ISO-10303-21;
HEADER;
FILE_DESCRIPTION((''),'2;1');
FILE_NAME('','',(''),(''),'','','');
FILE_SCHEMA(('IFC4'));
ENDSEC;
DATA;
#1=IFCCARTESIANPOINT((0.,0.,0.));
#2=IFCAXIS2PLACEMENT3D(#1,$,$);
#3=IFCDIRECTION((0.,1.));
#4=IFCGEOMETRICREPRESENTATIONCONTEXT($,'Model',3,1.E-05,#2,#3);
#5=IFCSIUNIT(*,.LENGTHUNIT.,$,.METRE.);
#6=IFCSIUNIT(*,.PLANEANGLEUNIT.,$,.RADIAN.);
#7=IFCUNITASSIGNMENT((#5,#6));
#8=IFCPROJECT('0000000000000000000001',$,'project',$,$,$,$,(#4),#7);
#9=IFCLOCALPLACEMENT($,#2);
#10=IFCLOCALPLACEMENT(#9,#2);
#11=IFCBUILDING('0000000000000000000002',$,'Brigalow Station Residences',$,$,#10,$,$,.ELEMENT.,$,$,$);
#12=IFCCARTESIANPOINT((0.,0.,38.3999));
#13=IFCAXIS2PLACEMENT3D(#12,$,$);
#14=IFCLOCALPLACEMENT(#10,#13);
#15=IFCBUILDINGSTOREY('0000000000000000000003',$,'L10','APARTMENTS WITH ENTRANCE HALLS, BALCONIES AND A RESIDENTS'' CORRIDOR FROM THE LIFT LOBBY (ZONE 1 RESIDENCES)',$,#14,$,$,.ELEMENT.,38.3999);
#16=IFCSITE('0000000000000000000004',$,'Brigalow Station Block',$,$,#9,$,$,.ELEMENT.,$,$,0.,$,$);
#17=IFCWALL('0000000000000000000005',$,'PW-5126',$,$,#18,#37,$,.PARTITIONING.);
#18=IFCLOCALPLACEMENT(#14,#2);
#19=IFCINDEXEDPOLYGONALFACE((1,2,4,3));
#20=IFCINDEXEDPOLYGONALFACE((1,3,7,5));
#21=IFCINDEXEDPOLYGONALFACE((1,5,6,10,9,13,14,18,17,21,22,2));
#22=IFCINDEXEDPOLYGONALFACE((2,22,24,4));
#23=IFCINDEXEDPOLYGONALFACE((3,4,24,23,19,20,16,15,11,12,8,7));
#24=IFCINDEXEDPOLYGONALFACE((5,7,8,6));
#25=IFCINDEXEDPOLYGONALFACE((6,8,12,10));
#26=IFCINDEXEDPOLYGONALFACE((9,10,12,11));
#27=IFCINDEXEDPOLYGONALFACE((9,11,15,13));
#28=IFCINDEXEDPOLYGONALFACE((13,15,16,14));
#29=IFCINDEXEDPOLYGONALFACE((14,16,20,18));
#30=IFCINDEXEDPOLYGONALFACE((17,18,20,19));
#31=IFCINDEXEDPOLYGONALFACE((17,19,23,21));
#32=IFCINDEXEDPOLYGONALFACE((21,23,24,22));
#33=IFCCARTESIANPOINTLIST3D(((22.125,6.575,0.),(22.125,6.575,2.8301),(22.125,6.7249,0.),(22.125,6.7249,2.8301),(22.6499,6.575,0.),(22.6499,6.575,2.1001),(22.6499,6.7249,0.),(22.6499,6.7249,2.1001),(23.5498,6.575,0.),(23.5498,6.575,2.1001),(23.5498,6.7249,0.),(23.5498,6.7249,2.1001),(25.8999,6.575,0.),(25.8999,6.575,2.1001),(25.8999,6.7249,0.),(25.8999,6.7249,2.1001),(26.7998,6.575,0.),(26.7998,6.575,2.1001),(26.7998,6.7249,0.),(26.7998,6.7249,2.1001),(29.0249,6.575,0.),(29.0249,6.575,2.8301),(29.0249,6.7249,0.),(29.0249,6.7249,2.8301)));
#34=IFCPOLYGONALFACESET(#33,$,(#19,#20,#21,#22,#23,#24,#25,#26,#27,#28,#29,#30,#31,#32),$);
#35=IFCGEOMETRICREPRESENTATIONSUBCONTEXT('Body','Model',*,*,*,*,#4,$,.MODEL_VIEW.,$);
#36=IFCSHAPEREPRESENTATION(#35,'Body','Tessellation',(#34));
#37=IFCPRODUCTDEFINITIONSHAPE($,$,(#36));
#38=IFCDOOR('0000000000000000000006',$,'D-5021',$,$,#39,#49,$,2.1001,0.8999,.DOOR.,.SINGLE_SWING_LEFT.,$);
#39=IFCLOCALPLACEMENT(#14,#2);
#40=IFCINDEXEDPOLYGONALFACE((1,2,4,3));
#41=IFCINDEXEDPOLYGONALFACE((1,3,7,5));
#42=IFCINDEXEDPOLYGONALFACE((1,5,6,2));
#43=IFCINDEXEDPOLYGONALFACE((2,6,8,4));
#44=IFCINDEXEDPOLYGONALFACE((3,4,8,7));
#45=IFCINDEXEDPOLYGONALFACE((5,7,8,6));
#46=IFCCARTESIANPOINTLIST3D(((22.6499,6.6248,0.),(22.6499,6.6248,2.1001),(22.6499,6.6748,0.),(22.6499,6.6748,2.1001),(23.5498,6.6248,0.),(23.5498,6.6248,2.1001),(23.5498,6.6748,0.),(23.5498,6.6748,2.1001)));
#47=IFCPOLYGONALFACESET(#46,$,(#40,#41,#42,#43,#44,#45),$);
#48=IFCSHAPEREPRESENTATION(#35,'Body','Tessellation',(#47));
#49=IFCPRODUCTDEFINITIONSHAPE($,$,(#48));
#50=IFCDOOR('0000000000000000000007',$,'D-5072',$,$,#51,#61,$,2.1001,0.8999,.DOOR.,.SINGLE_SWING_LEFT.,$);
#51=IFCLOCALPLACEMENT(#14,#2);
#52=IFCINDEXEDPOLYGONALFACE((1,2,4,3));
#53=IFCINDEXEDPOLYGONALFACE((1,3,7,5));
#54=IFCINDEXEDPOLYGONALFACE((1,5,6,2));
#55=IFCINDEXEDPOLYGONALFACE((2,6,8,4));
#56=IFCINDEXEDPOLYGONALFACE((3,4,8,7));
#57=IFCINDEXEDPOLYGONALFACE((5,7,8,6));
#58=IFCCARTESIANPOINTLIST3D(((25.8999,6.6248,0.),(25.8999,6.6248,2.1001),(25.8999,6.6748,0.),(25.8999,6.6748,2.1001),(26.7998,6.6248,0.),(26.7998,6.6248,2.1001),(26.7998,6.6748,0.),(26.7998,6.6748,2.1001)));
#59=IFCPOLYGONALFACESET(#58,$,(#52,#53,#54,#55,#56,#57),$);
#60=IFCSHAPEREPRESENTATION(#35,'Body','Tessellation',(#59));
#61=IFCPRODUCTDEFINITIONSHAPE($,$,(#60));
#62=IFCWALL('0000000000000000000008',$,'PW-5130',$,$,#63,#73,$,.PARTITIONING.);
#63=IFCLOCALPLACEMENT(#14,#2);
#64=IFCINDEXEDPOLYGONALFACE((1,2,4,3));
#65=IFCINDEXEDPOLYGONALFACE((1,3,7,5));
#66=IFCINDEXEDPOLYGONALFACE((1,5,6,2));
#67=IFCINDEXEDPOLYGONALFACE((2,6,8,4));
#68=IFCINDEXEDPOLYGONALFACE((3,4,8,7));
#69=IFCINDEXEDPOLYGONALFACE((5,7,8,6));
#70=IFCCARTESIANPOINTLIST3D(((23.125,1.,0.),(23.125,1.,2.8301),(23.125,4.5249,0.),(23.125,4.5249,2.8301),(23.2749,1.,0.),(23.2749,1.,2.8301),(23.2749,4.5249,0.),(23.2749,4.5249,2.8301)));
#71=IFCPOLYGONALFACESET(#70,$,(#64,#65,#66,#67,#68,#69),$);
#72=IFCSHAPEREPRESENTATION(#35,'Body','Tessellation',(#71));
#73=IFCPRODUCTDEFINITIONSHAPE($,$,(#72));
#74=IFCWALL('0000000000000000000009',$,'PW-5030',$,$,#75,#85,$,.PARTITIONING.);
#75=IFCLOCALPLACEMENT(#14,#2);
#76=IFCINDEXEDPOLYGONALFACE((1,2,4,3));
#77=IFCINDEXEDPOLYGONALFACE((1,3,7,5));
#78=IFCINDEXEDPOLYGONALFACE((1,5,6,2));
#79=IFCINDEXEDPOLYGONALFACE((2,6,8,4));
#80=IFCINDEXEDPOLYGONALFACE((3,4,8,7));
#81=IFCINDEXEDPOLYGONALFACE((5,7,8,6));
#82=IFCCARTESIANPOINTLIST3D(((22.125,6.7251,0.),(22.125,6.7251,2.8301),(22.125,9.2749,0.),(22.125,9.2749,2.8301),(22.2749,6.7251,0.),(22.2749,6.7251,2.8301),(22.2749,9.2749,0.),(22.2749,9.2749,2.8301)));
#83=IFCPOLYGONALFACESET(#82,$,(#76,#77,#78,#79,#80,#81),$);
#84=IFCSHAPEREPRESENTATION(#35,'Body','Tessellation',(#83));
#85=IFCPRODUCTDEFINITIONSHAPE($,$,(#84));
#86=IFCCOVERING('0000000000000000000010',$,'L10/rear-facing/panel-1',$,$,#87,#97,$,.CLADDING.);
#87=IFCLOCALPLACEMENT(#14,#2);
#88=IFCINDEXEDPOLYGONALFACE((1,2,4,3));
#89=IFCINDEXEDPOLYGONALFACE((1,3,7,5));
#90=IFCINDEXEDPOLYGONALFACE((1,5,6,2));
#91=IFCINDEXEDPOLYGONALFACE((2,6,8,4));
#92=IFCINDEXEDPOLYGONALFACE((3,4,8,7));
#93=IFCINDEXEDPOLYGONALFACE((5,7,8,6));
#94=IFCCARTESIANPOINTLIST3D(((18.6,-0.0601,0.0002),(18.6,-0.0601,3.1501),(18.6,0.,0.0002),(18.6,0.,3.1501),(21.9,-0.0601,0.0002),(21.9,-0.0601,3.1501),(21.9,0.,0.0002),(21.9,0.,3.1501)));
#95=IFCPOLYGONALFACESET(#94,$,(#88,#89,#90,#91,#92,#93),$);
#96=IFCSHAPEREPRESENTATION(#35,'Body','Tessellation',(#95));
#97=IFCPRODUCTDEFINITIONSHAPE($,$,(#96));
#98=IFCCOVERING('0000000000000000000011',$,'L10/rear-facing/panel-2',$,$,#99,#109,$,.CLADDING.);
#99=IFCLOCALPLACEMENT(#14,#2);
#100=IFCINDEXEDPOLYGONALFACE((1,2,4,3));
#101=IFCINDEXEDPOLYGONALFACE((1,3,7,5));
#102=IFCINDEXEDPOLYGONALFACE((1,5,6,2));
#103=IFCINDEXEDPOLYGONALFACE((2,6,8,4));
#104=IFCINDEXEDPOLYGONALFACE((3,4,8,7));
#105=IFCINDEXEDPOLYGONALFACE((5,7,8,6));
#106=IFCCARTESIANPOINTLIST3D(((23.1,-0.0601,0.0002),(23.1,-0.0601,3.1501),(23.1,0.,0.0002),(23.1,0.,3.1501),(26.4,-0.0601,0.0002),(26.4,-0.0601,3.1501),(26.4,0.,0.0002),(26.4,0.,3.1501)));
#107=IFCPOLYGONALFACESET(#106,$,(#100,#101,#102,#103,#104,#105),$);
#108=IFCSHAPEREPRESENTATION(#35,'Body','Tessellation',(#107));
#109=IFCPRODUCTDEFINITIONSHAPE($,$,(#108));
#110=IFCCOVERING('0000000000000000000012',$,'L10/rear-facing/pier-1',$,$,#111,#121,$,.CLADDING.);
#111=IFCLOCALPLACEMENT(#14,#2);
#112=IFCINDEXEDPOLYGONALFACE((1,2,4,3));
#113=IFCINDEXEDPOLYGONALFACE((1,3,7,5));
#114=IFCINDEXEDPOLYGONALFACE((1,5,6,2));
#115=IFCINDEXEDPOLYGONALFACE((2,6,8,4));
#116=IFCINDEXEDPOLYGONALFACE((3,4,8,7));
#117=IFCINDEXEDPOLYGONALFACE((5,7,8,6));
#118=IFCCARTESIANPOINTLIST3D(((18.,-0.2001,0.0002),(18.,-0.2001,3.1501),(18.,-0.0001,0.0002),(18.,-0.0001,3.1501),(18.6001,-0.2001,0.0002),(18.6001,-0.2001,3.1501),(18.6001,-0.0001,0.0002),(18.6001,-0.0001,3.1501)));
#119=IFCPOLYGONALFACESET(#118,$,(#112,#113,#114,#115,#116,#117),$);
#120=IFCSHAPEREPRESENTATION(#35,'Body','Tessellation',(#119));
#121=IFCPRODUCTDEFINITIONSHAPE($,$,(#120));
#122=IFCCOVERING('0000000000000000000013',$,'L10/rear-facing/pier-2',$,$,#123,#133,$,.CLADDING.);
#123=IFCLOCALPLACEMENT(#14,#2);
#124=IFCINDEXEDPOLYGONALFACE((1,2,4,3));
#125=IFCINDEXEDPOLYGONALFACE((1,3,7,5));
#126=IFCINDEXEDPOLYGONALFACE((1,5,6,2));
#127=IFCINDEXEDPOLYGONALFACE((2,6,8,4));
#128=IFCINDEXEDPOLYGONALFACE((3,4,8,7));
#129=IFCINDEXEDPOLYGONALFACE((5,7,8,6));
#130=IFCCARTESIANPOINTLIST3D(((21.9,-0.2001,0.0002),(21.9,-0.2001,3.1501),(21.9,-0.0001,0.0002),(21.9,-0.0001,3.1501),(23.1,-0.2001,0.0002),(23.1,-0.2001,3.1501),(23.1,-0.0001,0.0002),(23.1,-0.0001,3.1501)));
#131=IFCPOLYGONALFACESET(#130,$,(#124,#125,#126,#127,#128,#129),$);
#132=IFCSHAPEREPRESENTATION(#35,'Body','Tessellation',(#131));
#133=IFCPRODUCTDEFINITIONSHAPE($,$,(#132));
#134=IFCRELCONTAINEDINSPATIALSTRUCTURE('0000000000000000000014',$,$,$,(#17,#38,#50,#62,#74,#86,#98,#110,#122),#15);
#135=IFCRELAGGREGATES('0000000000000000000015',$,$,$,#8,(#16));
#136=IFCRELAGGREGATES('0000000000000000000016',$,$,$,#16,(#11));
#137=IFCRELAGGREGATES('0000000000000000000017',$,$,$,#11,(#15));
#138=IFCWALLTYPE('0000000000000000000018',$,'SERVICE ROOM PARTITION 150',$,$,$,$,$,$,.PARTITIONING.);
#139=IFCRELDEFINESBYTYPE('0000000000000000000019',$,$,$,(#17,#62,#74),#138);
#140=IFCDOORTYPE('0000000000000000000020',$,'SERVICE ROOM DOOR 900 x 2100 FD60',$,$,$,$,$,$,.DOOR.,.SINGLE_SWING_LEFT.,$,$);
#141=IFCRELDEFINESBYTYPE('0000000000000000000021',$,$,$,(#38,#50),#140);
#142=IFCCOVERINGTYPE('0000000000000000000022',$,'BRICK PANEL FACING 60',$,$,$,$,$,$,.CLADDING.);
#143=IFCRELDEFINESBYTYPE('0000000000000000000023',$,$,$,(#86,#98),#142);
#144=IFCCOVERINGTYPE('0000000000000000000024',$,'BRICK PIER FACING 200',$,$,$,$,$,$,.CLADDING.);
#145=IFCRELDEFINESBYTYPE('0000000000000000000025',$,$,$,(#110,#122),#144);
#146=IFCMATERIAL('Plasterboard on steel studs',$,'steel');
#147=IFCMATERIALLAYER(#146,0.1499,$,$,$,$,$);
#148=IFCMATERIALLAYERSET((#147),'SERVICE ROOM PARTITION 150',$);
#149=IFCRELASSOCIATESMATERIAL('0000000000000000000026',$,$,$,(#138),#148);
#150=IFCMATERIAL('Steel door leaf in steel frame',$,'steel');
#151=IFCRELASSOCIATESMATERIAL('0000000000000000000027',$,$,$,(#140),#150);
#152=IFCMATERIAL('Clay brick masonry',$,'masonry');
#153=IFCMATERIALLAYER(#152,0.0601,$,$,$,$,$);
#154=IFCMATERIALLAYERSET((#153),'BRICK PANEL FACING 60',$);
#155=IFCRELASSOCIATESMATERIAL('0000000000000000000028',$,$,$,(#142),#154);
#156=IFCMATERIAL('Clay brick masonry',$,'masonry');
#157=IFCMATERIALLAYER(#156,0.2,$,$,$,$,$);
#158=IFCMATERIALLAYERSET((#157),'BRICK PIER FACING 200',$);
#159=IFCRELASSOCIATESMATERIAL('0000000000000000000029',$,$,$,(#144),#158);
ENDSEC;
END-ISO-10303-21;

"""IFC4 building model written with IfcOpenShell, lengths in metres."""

from ifc_helpers import new_model, si_unit, direction, frame, frame_2d, origin, origin_2d, place, context, subcontext, project, spatial, rectangle, extrude, material, layer, layer_set, type_object, element, fill, save


model = new_model("IFC4")

# Units and contexts
model_context = context("Model", 3, precision=1e-05, world=origin(), true_north=direction((0.0, 1.0)))
body_context = subcontext(model_context, "Body", "Model", "MODEL_VIEW")
ifc_project = project(units=[si_unit("LENGTHUNIT", "METRE"), si_unit("PLANEANGLEUNIT", "RADIAN")], contexts=[model_context])

# Site, building, storey
site_placement = place(None, origin())
site = spatial("IfcSite", under=ifc_project, at=site_placement, Name="Brigalow Station Block", CompositionType="ELEMENT", RefElevation=0.0)
building_placement = place(site_placement, origin())
building = spatial("IfcBuilding", under=site, at=building_placement, Name="Brigalow Station Residences", CompositionType="ELEMENT")
storey_placement = place(building_placement, frame((0.0, 0.0, 38.3999)))
storey = spatial("IfcBuildingStorey", under=building, at=storey_placement, Name="L10", Description="APARTMENTS WITH ENTRANCE HALLS, BALCONIES AND A RESIDENTS' CORRIDOR FROM THE LIFT LOBBY (ZONE 1 RESIDENCES)", CompositionType="ELEMENT", Elevation=38.3999)

# Wall, openings, doors
ifc_material_1 = material(Name="Plasterboard on steel studs", Category="steel")
ifc_layer_1 = layer(ifc_material_1, 0.1499)
ifc_layer_set_1 = layer_set([ifc_layer_1], Name="SERVICE ROOM PARTITION 150")
wall_type_1 = type_object("IfcWallType", Name="SERVICE ROOM PARTITION 150", PredefinedType="PARTITIONING", material=ifc_layer_set_1)
ifc_material_2 = material(Name="Steel door leaf in steel frame", Category="steel")
door_type = type_object("IfcDoorType", Name="SERVICE ROOM DOOR 900 x 2100 FD60", OperationType="SINGLE_SWING_LEFT", PredefinedType="DOOR", material=ifc_material_2)
wall_1_placement = place(storey_placement, frame((22.125, 6.6499, 0.0), z_axis=(0.0, 0.0, 1.0), x_axis=(1.0, 0.0, 0.0)))
wall_1 = element("IfcWall", 1, at=wall_1_placement, inside=storey, type_object=wall_type_1, Name="PW-5126", PredefinedType="PARTITIONING", context=body_context, shape_type="SweptSolid", body=[
    extrude(rectangle(XDim=6.8999, YDim=0.1499, at=frame_2d((3.45, 0.0))), origin(), (0.0, 0.0, 1.0), 2.8301),
])
opening_1_placement = place(wall_1_placement, frame((0.5249, 0.0, 0.0)))
opening_1 = element("IfcOpeningElement", 2, at=opening_1_placement, cuts=wall_1, PredefinedType="OPENING", context=body_context, shape_type="SweptSolid", body=[
    extrude(rectangle(XDim=0.8999, YDim=2.1001, at=frame_2d((0.45, 1.05))), frame((0.0, 0.085, 0.0), z_axis=(0.0, -1.0, 0.0), x_axis=(1.0, 0.0, 0.0)), (0.0, 0.0, 1.0), 0.1699),
])
opening_2_placement = place(wall_1_placement, frame((3.7749, 0.0, 0.0)))
opening_2 = element("IfcOpeningElement", 3, at=opening_2_placement, cuts=wall_1, PredefinedType="OPENING", context=body_context, shape_type="SweptSolid", body=[
    extrude(rectangle(XDim=0.8999, YDim=2.1001, at=frame_2d((0.45, 1.05))), frame((0.0, 0.085, 0.0), z_axis=(0.0, -1.0, 0.0), x_axis=(1.0, 0.0, 0.0)), (0.0, 0.0, 1.0), 0.1699),
])
door_1_placement = place(opening_1_placement, origin())
door_1 = element("IfcDoor", 4, at=door_1_placement, inside=storey, type_object=door_type, Name="D-5021", OperationType="SINGLE_SWING_LEFT", OverallHeight=2.1001, OverallWidth=0.8999, PredefinedType="DOOR", context=body_context, shape_type="SweptSolid", body=[
    extrude(rectangle(XDim=0.8999, YDim=2.1001, at=frame_2d((0.45, 1.05))), frame((0.0, 0.0249, 0.0), z_axis=(0.0, -1.0, 0.0), x_axis=(1.0, 0.0, 0.0)), (0.0, 0.0, 1.0), 0.05),
])
fill(opening_1, door_1)
door_2_placement = place(opening_2_placement, origin())
door_2 = element("IfcDoor", 5, at=door_2_placement, inside=storey, type_object=door_type, Name="D-5072", OperationType="SINGLE_SWING_LEFT", OverallHeight=2.1001, OverallWidth=0.8999, PredefinedType="DOOR", context=body_context, shape_type="SweptSolid", body=[
    extrude(rectangle(XDim=0.8999, YDim=2.1001, at=frame_2d((0.45, 1.05))), frame((0.0, 0.0249, 0.0), z_axis=(0.0, -1.0, 0.0), x_axis=(1.0, 0.0, 0.0)), (0.0, 0.0, 1.0), 0.05),
])
fill(opening_2, door_2)

# Walls
wall_2_placement = place(storey_placement, frame((23.2, 1.0, 0.0), z_axis=(0.0, 0.0, 1.0), x_axis=(0.0, 1.0, 0.0)))
element("IfcWall", 6, at=wall_2_placement, inside=storey, type_object=wall_type_1, Name="PW-5130", PredefinedType="PARTITIONING", context=body_context, shape_type="SweptSolid", body=[
    extrude(rectangle(XDim=3.5249, YDim=0.1499, at=frame_2d((1.7625, 0.0))), origin(), (0.0, 0.0, 1.0), 2.8301),
])
wall_3_placement = place(storey_placement, frame((22.2, 6.7251, 0.0), z_axis=(0.0, 0.0, 1.0), x_axis=(0.0, 1.0, 0.0)))
element("IfcWall", 7, at=wall_3_placement, inside=storey, type_object=wall_type_1, Name="PW-5030", PredefinedType="PARTITIONING", context=body_context, shape_type="SweptSolid", body=[
    extrude(rectangle(XDim=2.5498, YDim=0.1499, at=frame_2d((1.2749, 0.0))), origin(), (0.0, 0.0, 1.0), 2.8301),
])

# Coverings
ifc_material_3 = material(Name="Clay brick masonry", Category="masonry")
ifc_layer_2 = layer(ifc_material_3, 0.0601)
ifc_layer_set_2 = layer_set([ifc_layer_2], Name="BRICK PANEL FACING 60")
covering_type_1 = type_object("IfcCoveringType", Name="BRICK PANEL FACING 60", PredefinedType="CLADDING", material=ifc_layer_set_2)
for number, where, z_axis, x_axis, name in (
    (8, (20.25, -0.03, 0.0002), (0.0, 0.0, 1.0), (1.0, 0.0, 0.0), "L10/rear-facing/panel-1"),
    (9, (24.75, -0.03, 0.0002), (0.0, 0.0, 1.0), (1.0, 0.0, 0.0), "L10/rear-facing/panel-2"),
):
    element("IfcCovering", number, at=place(storey_placement, frame(where, z_axis=z_axis, x_axis=x_axis)), inside=storey, type_object=covering_type_1, Name=name, PredefinedType="CLADDING", context=body_context, shape_type="SweptSolid", body=[
        extrude(rectangle(XDim=3.3, YDim=0.0601, at=origin_2d()), origin(), (0.0, 0.0, 1.0), 3.1499),
    ])
ifc_material_4 = material(Name="Clay brick masonry", Category="masonry")
ifc_layer_3 = layer(ifc_material_4, 0.2)
ifc_layer_set_3 = layer_set([ifc_layer_3], Name="BRICK PIER FACING 200")
covering_type_2 = type_object("IfcCoveringType", Name="BRICK PIER FACING 200", PredefinedType="CLADDING", material=ifc_layer_set_3)
covering_1_placement = place(storey_placement, frame((18.3, -0.1001, 0.0002), z_axis=(0.0, 0.0, 1.0), x_axis=(1.0, 0.0, 0.0)))
element("IfcCovering", 10, at=covering_1_placement, inside=storey, type_object=covering_type_2, Name="L10/rear-facing/pier-1", PredefinedType="CLADDING", context=body_context, shape_type="SweptSolid", body=[
    extrude(rectangle(XDim=0.6001, YDim=0.2, at=origin_2d()), origin(), (0.0, 0.0, 1.0), 3.1499),
])
covering_2_placement = place(storey_placement, frame((22.5, -0.1001, 0.0002), z_axis=(0.0, 0.0, 1.0), x_axis=(1.0, 0.0, 0.0)))
element("IfcCovering", 11, at=covering_2_placement, inside=storey, type_object=covering_type_2, Name="L10/rear-facing/pier-2", PredefinedType="CLADDING", context=body_context, shape_type="SweptSolid", body=[
    extrude(rectangle(XDim=1.2, YDim=0.2, at=origin_2d()), origin(), (0.0, 0.0, 1.0), 3.1499),
])

save(model, "model.ifc")
